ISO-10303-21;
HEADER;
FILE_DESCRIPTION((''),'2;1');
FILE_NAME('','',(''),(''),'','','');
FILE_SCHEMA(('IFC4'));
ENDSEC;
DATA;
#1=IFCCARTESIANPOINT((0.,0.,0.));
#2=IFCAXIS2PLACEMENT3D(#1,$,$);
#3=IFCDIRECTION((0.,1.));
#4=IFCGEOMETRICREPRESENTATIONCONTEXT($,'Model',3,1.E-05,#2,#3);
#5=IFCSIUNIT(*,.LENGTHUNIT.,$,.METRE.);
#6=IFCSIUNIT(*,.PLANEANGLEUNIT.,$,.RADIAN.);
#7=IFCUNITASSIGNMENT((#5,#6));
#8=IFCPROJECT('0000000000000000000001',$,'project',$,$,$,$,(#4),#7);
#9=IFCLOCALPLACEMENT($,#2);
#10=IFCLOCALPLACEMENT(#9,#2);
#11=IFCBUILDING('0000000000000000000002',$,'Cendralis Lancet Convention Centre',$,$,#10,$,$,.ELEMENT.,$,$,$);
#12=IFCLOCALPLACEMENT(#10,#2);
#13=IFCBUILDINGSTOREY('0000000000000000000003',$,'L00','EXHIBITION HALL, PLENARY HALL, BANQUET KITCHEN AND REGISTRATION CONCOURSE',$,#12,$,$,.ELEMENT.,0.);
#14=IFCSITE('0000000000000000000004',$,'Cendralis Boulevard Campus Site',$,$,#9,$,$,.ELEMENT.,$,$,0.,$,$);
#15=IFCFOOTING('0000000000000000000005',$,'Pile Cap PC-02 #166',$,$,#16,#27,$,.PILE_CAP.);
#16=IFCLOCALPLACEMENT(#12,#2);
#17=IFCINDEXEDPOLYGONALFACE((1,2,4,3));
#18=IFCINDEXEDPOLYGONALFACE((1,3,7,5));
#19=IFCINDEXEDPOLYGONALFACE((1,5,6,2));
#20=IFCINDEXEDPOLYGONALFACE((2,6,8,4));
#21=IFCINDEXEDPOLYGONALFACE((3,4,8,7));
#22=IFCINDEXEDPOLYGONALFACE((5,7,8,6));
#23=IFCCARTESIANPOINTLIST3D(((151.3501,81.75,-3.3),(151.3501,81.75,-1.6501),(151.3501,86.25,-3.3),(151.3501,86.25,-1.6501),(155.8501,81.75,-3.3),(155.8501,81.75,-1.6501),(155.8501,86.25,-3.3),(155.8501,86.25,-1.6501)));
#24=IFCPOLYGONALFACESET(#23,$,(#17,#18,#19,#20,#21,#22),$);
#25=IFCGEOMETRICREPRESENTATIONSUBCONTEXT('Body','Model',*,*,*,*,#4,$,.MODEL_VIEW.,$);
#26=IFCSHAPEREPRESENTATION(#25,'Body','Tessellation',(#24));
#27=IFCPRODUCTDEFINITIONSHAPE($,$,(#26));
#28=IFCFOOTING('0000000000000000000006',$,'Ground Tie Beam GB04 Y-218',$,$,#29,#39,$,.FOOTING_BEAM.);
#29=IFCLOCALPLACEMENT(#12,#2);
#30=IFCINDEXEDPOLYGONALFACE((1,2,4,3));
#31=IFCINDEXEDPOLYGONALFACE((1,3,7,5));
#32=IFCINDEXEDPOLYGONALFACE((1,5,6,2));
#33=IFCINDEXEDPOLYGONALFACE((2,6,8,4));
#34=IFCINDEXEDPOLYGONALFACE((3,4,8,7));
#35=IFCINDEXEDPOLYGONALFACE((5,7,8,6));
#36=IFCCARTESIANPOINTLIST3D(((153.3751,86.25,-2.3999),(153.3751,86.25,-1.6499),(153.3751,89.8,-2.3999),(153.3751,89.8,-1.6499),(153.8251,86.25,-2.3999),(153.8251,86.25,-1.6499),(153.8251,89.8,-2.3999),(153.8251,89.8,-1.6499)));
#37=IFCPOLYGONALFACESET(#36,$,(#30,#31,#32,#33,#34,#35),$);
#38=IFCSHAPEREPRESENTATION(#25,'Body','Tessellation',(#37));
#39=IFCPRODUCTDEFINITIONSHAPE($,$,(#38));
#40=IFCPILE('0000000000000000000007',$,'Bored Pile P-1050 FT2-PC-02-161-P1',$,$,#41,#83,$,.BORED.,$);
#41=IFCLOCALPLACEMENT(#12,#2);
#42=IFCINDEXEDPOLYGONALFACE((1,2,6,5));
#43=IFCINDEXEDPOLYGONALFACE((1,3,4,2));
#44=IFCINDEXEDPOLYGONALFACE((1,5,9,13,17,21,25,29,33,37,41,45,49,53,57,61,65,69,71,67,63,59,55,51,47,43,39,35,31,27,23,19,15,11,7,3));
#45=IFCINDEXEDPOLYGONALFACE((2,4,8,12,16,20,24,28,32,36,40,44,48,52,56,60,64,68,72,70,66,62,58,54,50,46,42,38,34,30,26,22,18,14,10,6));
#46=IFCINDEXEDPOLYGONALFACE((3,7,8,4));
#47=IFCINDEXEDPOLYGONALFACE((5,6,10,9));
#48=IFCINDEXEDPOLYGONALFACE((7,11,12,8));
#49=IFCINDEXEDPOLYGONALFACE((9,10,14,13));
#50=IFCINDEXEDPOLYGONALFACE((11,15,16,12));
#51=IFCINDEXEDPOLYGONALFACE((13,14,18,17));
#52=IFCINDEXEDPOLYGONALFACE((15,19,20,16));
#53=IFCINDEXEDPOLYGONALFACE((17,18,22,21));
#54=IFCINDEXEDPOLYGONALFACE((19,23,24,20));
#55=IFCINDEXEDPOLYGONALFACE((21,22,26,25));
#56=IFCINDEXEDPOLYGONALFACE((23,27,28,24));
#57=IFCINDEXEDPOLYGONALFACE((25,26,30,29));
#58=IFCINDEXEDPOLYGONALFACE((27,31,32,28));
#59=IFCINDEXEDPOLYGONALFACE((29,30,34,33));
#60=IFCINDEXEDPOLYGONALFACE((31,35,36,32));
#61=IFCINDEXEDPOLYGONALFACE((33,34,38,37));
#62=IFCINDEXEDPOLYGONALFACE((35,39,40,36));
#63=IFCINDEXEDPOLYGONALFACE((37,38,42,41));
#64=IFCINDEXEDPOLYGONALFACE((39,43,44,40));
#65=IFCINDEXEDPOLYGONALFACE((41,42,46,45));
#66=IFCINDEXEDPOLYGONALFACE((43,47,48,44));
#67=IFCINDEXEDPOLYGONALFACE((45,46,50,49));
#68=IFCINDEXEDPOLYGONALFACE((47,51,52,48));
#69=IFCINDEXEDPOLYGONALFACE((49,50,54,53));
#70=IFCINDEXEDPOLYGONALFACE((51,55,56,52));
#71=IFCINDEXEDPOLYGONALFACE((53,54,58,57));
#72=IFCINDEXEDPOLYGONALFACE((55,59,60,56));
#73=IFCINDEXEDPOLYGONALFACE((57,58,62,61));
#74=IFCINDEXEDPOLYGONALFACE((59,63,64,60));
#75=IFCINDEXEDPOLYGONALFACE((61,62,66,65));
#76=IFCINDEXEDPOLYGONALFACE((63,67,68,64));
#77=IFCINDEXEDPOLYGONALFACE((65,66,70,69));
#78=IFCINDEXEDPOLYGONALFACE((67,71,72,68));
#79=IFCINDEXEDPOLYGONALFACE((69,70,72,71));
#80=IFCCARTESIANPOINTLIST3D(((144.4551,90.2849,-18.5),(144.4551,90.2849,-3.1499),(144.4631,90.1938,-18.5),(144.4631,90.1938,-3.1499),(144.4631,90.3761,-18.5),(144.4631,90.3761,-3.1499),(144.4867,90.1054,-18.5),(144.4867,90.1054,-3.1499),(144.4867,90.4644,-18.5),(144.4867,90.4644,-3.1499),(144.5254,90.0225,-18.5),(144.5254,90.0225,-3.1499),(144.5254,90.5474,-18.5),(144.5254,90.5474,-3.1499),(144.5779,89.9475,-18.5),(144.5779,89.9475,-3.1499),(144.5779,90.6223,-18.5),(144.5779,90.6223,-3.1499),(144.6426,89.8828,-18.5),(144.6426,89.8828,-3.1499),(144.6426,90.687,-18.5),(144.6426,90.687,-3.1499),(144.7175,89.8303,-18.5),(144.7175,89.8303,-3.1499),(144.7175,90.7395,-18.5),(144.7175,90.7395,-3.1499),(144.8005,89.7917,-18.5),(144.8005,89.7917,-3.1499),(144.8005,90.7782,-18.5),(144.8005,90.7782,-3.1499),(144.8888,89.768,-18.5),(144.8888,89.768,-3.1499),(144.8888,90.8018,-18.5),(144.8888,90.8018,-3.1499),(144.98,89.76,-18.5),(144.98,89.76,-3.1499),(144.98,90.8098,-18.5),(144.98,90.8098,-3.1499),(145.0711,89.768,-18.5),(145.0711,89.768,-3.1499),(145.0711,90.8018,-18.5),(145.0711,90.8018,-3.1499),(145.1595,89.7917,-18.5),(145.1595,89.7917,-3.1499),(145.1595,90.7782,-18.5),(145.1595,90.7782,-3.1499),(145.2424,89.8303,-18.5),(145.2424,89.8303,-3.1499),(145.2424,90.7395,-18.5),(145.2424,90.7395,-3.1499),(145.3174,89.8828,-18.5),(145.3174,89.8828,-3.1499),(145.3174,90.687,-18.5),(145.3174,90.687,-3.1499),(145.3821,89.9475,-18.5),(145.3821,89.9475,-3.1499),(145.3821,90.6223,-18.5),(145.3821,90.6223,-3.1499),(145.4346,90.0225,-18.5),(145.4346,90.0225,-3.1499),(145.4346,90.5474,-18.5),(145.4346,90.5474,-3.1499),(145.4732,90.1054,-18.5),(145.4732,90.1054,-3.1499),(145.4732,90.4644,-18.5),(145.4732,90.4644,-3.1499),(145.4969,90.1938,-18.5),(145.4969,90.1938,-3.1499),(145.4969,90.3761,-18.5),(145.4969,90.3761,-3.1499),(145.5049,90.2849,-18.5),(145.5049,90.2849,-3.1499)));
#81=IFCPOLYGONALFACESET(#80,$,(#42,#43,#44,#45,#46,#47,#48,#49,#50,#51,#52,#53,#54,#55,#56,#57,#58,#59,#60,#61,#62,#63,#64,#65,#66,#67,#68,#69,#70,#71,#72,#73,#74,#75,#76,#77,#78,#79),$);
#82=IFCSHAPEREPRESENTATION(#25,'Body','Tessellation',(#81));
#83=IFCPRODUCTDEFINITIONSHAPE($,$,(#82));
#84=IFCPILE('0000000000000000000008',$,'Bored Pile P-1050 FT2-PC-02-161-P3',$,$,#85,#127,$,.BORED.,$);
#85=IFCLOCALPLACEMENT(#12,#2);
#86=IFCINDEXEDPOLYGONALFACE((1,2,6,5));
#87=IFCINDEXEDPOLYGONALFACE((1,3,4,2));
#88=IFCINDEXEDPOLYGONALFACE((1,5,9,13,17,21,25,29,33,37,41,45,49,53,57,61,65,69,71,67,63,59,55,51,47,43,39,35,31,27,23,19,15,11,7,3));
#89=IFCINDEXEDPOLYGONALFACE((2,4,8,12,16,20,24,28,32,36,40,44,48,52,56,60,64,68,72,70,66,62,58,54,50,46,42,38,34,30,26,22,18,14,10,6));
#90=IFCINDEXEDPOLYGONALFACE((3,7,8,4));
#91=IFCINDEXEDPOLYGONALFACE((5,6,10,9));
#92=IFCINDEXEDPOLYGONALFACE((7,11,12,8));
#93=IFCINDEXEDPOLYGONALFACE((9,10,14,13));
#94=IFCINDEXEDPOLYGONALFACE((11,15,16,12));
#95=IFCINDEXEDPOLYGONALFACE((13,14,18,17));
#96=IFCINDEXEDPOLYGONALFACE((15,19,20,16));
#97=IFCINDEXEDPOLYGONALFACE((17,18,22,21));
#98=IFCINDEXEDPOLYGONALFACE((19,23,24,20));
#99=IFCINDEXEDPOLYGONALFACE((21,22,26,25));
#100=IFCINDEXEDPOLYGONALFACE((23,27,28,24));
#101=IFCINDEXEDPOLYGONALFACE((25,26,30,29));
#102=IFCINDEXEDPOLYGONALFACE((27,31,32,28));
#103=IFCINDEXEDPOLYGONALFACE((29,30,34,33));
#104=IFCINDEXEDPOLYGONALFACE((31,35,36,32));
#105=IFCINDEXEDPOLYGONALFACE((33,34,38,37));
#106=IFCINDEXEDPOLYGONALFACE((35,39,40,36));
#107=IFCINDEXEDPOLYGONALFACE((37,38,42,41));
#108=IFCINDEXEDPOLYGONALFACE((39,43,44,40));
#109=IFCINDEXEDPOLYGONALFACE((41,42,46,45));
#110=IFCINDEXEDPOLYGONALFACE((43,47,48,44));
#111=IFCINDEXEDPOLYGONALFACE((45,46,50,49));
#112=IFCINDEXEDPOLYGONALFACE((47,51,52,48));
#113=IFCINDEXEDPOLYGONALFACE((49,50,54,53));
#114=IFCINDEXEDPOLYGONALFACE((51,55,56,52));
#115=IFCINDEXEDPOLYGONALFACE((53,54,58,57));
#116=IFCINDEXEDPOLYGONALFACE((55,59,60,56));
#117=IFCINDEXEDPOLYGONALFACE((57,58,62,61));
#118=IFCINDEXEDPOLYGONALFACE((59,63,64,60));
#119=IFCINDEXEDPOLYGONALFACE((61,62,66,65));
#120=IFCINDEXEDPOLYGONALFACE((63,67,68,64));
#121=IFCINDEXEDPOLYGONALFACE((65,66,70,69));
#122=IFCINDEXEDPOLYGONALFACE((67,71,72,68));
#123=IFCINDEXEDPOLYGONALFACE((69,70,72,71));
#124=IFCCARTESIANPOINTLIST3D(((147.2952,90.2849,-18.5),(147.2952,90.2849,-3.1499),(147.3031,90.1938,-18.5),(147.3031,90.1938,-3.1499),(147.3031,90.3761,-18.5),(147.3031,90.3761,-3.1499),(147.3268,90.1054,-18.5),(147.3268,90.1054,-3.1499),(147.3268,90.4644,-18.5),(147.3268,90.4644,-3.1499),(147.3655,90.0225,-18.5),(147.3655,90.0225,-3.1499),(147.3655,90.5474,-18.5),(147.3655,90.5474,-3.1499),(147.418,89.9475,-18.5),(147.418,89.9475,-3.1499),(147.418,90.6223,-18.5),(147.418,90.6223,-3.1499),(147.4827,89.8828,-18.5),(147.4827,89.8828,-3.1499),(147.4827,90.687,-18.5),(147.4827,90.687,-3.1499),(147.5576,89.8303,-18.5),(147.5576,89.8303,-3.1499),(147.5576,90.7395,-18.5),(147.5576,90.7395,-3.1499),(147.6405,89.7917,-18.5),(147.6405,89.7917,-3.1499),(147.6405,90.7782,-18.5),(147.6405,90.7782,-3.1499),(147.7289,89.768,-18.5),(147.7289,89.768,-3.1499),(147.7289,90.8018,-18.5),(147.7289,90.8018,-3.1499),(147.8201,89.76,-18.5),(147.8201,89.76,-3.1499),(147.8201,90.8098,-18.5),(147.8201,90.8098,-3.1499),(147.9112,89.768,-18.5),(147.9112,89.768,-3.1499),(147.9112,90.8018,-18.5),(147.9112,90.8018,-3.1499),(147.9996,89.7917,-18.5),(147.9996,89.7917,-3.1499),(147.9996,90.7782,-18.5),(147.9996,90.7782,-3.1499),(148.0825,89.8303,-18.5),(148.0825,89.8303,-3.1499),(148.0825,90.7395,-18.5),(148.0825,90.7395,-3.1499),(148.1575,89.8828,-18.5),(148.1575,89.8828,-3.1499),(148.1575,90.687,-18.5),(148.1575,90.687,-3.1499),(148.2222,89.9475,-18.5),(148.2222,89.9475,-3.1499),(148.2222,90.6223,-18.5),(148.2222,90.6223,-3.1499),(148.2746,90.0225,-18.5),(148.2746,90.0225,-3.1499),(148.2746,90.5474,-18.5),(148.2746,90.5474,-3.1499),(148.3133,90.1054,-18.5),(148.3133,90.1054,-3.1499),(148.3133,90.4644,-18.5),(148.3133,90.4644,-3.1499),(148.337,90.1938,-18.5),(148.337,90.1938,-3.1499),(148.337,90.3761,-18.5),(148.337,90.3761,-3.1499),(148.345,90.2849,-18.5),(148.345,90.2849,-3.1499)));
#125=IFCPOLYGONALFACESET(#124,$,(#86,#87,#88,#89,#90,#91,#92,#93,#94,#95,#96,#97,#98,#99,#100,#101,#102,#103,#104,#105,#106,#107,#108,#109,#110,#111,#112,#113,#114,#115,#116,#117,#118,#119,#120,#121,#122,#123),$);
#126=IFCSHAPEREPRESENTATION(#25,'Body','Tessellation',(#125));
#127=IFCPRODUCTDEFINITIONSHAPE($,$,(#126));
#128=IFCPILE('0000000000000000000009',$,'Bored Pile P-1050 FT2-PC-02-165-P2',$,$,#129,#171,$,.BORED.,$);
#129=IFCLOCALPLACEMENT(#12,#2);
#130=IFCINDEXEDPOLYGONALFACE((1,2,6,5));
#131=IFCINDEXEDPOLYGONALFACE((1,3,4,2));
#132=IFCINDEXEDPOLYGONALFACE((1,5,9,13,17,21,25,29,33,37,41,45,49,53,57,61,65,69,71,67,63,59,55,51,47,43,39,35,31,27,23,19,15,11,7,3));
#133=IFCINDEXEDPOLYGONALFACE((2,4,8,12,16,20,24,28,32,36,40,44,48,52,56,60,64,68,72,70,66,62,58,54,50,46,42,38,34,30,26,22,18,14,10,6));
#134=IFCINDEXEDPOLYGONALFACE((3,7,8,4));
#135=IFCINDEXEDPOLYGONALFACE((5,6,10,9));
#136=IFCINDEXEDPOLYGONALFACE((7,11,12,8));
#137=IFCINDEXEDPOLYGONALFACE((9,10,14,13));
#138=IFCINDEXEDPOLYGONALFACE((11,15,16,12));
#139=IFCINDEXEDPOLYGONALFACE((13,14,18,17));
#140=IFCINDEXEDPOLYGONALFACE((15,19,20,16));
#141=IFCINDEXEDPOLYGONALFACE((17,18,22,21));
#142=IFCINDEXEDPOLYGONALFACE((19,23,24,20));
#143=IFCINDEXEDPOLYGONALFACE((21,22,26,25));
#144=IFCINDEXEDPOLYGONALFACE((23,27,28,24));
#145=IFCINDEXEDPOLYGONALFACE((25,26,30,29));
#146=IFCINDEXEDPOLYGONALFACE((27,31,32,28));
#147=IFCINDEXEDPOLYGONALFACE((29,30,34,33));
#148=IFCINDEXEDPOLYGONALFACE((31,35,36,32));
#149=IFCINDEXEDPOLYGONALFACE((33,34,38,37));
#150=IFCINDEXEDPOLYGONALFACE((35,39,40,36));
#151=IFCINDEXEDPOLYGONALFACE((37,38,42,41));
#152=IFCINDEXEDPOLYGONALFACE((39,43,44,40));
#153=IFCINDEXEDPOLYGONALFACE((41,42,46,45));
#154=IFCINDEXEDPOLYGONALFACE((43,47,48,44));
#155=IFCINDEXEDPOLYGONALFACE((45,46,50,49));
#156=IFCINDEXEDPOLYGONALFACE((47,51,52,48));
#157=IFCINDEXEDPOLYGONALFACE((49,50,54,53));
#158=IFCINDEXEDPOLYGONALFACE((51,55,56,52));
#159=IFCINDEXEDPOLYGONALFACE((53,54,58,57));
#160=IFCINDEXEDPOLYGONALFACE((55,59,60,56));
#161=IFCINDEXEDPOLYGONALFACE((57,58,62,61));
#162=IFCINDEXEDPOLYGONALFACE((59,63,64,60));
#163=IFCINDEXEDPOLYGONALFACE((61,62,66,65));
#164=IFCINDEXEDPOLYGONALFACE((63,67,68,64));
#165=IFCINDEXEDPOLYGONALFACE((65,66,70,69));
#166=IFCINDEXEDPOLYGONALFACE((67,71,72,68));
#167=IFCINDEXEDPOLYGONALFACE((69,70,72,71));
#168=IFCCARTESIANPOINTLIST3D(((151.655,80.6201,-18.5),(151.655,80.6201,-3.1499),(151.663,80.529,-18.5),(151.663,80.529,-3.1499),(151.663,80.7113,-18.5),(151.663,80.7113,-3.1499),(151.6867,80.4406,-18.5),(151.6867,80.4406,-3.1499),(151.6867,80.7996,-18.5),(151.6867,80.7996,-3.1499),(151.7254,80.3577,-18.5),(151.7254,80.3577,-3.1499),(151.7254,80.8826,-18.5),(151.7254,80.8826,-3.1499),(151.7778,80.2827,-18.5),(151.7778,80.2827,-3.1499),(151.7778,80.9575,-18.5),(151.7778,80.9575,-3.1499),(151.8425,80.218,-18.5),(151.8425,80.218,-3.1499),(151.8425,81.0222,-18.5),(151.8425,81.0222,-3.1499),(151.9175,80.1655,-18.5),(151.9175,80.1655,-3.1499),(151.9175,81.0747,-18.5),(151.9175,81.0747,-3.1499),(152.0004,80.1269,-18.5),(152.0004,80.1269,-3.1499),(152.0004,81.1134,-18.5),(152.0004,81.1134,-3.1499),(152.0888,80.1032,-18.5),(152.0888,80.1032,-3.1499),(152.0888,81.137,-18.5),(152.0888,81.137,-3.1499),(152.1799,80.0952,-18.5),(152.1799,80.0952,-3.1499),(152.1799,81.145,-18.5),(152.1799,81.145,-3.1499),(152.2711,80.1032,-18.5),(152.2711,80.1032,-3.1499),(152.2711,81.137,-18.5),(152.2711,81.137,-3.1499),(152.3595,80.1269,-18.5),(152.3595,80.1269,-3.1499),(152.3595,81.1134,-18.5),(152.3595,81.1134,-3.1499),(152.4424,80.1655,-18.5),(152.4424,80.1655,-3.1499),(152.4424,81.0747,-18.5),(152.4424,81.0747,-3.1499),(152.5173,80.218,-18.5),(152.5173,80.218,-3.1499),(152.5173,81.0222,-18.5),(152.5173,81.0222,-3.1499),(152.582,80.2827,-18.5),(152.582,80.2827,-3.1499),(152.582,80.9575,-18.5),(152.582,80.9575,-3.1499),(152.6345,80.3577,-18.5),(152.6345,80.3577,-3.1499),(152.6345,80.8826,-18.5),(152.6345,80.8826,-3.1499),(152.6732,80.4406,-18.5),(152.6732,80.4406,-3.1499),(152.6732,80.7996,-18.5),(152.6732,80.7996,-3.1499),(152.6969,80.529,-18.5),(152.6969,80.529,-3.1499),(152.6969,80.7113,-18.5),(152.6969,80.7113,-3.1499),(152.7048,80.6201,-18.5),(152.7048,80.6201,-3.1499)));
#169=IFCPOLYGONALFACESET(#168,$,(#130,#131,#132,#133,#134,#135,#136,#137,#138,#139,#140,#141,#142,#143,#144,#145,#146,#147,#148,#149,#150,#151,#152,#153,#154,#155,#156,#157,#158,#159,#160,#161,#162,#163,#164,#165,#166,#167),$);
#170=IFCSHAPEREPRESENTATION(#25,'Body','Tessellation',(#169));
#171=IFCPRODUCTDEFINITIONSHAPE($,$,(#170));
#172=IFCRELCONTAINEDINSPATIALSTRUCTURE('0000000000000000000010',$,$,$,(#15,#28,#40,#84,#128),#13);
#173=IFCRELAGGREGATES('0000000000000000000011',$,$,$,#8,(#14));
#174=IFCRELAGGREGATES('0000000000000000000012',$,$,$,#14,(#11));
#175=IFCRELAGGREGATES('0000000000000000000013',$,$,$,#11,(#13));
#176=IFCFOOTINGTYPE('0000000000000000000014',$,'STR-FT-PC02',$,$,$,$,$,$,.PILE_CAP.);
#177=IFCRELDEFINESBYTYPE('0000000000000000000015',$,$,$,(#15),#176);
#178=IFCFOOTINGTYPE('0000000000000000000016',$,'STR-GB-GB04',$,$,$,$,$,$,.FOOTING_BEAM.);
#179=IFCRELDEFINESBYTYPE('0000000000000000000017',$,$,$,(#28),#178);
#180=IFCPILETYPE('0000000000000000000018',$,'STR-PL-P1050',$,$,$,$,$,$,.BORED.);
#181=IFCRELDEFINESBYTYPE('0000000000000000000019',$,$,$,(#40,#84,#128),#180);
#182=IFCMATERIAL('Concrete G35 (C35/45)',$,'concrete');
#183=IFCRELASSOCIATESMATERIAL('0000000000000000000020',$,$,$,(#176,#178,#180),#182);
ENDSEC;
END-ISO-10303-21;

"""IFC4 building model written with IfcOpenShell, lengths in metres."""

from ifc_helpers import new_model, si_unit, direction, frame, origin, origin_2d, place, context, subcontext, project, spatial, rectangle, circle, extrude, material, material_profile, profile_set, type_object, element, save


model = new_model("IFC4")

# Units and contexts
model_context = context("Model", 3, precision=1e-05, world=origin(), true_north=direction((0.0, 1.0)))
body_context = subcontext(model_context, "Body", "Model", "MODEL_VIEW")
ifc_project = project(units=[si_unit("LENGTHUNIT", "METRE"), si_unit("PLANEANGLEUNIT", "RADIAN")], contexts=[model_context])

# Site, building, storey
site_placement = place(None, origin())
site = spatial("IfcSite", under=ifc_project, at=site_placement, Name="Cendralis Boulevard Campus Site", CompositionType="ELEMENT", RefElevation=0.0)
building_placement = place(site_placement, origin())
building = spatial("IfcBuilding", under=site, at=building_placement, Name="Cendralis Lancet Convention Centre", CompositionType="ELEMENT")
storey_placement = place(building_placement, origin())
storey = spatial("IfcBuildingStorey", under=building, at=storey_placement, Name="L00", Description="EXHIBITION HALL, PLENARY HALL, BANQUET KITCHEN AND REGISTRATION CONCOURSE", CompositionType="ELEMENT", Elevation=0.0)

# Footings
ifc_material_1 = material(Name="Concrete G35 (C35/45)", Category="concrete")
footing_type_1 = type_object("IfcFootingType", Name="STR-FT-PC02", PredefinedType="PILE_CAP", material=ifc_material_1)
footing_1_placement = place(storey_placement, frame((153.6001, 84.0, -3.3), z_axis=(0.0, 0.0, 1.0), x_axis=(1.0, 0.0, 0.0)))
element("IfcFooting", 1, at=footing_1_placement, inside=storey, type_object=footing_type_1, Name="Pile Cap PC-02 #166", PredefinedType="PILE_CAP", context=body_context, shape_type="SweptSolid", body=[
    extrude(rectangle(XDim=4.5, YDim=4.5, at=origin_2d()), origin(), (0.0, 0.0, 1.0), 1.6499),
])
ifc_material_profile_1 = material_profile(ifc_material_1, rectangle(XDim=0.45, YDim=0.75, at=origin_2d()), Name="RCB 450x750")
ifc_profile_set_1 = profile_set([ifc_material_profile_1], Name="Concrete G35 (C35/45)")
footing_type_2 = type_object("IfcFootingType", Name="STR-GB-GB04", PredefinedType="FOOTING_BEAM", material=ifc_profile_set_1)
footing_2_placement = place(storey_placement, frame((153.6001, 86.25, -2.0249), z_axis=(0.0, 1.0, 0.0), x_axis=(-1.0, 0.0, 0.0)))
element("IfcFooting", 2, at=footing_2_placement, inside=storey, type_object=footing_type_2, Name="Ground Tie Beam GB04 Y-218", PredefinedType="FOOTING_BEAM", context=body_context, shape_type="SweptSolid", body=[
    extrude(rectangle(XDim=0.45, YDim=0.75, at=origin_2d()), origin(), (0.0, 0.0, 1.0), 3.55),
])

# Piles
ifc_material_profile_2 = material_profile(ifc_material_1, circle(Radius=0.5249, at=origin_2d()), Name="BORED PILE D1050")
ifc_profile_set_2 = profile_set([ifc_material_profile_2], Name="Concrete G35 (C35/45)")
pile_type_1 = type_object("IfcPileType", Name="STR-PL-P1050", PredefinedType="BORED", material=ifc_profile_set_2)
for number, where, z_axis, x_axis, name in (
    (3, (144.98, 90.2849, -3.1499), (0.0, 0.0, -1.0), (1.0, 0.0, 0.0), "Bored Pile P-1050 FT2-PC-02-161-P1"),
    (4, (147.8201, 90.2849, -3.1499), (0.0, 0.0, -1.0), (1.0, 0.0, 0.0), "Bored Pile P-1050 FT2-PC-02-161-P3"),
    (5, (152.1799, 80.6201, -3.1499), (0.0, 0.0, -1.0), (1.0, 0.0, 0.0), "Bored Pile P-1050 FT2-PC-02-165-P2"),
):
    element("IfcPile", number, at=place(storey_placement, frame(where, z_axis=z_axis, x_axis=x_axis)), inside=storey, type_object=pile_type_1, Name=name, PredefinedType="BORED", context=body_context, shape_type="SweptSolid", body=[
        extrude(circle(Radius=0.5249, at=origin_2d()), origin(), (0.0, 0.0, 1.0), 15.3501),
    ])

save(model, "model.ifc")
